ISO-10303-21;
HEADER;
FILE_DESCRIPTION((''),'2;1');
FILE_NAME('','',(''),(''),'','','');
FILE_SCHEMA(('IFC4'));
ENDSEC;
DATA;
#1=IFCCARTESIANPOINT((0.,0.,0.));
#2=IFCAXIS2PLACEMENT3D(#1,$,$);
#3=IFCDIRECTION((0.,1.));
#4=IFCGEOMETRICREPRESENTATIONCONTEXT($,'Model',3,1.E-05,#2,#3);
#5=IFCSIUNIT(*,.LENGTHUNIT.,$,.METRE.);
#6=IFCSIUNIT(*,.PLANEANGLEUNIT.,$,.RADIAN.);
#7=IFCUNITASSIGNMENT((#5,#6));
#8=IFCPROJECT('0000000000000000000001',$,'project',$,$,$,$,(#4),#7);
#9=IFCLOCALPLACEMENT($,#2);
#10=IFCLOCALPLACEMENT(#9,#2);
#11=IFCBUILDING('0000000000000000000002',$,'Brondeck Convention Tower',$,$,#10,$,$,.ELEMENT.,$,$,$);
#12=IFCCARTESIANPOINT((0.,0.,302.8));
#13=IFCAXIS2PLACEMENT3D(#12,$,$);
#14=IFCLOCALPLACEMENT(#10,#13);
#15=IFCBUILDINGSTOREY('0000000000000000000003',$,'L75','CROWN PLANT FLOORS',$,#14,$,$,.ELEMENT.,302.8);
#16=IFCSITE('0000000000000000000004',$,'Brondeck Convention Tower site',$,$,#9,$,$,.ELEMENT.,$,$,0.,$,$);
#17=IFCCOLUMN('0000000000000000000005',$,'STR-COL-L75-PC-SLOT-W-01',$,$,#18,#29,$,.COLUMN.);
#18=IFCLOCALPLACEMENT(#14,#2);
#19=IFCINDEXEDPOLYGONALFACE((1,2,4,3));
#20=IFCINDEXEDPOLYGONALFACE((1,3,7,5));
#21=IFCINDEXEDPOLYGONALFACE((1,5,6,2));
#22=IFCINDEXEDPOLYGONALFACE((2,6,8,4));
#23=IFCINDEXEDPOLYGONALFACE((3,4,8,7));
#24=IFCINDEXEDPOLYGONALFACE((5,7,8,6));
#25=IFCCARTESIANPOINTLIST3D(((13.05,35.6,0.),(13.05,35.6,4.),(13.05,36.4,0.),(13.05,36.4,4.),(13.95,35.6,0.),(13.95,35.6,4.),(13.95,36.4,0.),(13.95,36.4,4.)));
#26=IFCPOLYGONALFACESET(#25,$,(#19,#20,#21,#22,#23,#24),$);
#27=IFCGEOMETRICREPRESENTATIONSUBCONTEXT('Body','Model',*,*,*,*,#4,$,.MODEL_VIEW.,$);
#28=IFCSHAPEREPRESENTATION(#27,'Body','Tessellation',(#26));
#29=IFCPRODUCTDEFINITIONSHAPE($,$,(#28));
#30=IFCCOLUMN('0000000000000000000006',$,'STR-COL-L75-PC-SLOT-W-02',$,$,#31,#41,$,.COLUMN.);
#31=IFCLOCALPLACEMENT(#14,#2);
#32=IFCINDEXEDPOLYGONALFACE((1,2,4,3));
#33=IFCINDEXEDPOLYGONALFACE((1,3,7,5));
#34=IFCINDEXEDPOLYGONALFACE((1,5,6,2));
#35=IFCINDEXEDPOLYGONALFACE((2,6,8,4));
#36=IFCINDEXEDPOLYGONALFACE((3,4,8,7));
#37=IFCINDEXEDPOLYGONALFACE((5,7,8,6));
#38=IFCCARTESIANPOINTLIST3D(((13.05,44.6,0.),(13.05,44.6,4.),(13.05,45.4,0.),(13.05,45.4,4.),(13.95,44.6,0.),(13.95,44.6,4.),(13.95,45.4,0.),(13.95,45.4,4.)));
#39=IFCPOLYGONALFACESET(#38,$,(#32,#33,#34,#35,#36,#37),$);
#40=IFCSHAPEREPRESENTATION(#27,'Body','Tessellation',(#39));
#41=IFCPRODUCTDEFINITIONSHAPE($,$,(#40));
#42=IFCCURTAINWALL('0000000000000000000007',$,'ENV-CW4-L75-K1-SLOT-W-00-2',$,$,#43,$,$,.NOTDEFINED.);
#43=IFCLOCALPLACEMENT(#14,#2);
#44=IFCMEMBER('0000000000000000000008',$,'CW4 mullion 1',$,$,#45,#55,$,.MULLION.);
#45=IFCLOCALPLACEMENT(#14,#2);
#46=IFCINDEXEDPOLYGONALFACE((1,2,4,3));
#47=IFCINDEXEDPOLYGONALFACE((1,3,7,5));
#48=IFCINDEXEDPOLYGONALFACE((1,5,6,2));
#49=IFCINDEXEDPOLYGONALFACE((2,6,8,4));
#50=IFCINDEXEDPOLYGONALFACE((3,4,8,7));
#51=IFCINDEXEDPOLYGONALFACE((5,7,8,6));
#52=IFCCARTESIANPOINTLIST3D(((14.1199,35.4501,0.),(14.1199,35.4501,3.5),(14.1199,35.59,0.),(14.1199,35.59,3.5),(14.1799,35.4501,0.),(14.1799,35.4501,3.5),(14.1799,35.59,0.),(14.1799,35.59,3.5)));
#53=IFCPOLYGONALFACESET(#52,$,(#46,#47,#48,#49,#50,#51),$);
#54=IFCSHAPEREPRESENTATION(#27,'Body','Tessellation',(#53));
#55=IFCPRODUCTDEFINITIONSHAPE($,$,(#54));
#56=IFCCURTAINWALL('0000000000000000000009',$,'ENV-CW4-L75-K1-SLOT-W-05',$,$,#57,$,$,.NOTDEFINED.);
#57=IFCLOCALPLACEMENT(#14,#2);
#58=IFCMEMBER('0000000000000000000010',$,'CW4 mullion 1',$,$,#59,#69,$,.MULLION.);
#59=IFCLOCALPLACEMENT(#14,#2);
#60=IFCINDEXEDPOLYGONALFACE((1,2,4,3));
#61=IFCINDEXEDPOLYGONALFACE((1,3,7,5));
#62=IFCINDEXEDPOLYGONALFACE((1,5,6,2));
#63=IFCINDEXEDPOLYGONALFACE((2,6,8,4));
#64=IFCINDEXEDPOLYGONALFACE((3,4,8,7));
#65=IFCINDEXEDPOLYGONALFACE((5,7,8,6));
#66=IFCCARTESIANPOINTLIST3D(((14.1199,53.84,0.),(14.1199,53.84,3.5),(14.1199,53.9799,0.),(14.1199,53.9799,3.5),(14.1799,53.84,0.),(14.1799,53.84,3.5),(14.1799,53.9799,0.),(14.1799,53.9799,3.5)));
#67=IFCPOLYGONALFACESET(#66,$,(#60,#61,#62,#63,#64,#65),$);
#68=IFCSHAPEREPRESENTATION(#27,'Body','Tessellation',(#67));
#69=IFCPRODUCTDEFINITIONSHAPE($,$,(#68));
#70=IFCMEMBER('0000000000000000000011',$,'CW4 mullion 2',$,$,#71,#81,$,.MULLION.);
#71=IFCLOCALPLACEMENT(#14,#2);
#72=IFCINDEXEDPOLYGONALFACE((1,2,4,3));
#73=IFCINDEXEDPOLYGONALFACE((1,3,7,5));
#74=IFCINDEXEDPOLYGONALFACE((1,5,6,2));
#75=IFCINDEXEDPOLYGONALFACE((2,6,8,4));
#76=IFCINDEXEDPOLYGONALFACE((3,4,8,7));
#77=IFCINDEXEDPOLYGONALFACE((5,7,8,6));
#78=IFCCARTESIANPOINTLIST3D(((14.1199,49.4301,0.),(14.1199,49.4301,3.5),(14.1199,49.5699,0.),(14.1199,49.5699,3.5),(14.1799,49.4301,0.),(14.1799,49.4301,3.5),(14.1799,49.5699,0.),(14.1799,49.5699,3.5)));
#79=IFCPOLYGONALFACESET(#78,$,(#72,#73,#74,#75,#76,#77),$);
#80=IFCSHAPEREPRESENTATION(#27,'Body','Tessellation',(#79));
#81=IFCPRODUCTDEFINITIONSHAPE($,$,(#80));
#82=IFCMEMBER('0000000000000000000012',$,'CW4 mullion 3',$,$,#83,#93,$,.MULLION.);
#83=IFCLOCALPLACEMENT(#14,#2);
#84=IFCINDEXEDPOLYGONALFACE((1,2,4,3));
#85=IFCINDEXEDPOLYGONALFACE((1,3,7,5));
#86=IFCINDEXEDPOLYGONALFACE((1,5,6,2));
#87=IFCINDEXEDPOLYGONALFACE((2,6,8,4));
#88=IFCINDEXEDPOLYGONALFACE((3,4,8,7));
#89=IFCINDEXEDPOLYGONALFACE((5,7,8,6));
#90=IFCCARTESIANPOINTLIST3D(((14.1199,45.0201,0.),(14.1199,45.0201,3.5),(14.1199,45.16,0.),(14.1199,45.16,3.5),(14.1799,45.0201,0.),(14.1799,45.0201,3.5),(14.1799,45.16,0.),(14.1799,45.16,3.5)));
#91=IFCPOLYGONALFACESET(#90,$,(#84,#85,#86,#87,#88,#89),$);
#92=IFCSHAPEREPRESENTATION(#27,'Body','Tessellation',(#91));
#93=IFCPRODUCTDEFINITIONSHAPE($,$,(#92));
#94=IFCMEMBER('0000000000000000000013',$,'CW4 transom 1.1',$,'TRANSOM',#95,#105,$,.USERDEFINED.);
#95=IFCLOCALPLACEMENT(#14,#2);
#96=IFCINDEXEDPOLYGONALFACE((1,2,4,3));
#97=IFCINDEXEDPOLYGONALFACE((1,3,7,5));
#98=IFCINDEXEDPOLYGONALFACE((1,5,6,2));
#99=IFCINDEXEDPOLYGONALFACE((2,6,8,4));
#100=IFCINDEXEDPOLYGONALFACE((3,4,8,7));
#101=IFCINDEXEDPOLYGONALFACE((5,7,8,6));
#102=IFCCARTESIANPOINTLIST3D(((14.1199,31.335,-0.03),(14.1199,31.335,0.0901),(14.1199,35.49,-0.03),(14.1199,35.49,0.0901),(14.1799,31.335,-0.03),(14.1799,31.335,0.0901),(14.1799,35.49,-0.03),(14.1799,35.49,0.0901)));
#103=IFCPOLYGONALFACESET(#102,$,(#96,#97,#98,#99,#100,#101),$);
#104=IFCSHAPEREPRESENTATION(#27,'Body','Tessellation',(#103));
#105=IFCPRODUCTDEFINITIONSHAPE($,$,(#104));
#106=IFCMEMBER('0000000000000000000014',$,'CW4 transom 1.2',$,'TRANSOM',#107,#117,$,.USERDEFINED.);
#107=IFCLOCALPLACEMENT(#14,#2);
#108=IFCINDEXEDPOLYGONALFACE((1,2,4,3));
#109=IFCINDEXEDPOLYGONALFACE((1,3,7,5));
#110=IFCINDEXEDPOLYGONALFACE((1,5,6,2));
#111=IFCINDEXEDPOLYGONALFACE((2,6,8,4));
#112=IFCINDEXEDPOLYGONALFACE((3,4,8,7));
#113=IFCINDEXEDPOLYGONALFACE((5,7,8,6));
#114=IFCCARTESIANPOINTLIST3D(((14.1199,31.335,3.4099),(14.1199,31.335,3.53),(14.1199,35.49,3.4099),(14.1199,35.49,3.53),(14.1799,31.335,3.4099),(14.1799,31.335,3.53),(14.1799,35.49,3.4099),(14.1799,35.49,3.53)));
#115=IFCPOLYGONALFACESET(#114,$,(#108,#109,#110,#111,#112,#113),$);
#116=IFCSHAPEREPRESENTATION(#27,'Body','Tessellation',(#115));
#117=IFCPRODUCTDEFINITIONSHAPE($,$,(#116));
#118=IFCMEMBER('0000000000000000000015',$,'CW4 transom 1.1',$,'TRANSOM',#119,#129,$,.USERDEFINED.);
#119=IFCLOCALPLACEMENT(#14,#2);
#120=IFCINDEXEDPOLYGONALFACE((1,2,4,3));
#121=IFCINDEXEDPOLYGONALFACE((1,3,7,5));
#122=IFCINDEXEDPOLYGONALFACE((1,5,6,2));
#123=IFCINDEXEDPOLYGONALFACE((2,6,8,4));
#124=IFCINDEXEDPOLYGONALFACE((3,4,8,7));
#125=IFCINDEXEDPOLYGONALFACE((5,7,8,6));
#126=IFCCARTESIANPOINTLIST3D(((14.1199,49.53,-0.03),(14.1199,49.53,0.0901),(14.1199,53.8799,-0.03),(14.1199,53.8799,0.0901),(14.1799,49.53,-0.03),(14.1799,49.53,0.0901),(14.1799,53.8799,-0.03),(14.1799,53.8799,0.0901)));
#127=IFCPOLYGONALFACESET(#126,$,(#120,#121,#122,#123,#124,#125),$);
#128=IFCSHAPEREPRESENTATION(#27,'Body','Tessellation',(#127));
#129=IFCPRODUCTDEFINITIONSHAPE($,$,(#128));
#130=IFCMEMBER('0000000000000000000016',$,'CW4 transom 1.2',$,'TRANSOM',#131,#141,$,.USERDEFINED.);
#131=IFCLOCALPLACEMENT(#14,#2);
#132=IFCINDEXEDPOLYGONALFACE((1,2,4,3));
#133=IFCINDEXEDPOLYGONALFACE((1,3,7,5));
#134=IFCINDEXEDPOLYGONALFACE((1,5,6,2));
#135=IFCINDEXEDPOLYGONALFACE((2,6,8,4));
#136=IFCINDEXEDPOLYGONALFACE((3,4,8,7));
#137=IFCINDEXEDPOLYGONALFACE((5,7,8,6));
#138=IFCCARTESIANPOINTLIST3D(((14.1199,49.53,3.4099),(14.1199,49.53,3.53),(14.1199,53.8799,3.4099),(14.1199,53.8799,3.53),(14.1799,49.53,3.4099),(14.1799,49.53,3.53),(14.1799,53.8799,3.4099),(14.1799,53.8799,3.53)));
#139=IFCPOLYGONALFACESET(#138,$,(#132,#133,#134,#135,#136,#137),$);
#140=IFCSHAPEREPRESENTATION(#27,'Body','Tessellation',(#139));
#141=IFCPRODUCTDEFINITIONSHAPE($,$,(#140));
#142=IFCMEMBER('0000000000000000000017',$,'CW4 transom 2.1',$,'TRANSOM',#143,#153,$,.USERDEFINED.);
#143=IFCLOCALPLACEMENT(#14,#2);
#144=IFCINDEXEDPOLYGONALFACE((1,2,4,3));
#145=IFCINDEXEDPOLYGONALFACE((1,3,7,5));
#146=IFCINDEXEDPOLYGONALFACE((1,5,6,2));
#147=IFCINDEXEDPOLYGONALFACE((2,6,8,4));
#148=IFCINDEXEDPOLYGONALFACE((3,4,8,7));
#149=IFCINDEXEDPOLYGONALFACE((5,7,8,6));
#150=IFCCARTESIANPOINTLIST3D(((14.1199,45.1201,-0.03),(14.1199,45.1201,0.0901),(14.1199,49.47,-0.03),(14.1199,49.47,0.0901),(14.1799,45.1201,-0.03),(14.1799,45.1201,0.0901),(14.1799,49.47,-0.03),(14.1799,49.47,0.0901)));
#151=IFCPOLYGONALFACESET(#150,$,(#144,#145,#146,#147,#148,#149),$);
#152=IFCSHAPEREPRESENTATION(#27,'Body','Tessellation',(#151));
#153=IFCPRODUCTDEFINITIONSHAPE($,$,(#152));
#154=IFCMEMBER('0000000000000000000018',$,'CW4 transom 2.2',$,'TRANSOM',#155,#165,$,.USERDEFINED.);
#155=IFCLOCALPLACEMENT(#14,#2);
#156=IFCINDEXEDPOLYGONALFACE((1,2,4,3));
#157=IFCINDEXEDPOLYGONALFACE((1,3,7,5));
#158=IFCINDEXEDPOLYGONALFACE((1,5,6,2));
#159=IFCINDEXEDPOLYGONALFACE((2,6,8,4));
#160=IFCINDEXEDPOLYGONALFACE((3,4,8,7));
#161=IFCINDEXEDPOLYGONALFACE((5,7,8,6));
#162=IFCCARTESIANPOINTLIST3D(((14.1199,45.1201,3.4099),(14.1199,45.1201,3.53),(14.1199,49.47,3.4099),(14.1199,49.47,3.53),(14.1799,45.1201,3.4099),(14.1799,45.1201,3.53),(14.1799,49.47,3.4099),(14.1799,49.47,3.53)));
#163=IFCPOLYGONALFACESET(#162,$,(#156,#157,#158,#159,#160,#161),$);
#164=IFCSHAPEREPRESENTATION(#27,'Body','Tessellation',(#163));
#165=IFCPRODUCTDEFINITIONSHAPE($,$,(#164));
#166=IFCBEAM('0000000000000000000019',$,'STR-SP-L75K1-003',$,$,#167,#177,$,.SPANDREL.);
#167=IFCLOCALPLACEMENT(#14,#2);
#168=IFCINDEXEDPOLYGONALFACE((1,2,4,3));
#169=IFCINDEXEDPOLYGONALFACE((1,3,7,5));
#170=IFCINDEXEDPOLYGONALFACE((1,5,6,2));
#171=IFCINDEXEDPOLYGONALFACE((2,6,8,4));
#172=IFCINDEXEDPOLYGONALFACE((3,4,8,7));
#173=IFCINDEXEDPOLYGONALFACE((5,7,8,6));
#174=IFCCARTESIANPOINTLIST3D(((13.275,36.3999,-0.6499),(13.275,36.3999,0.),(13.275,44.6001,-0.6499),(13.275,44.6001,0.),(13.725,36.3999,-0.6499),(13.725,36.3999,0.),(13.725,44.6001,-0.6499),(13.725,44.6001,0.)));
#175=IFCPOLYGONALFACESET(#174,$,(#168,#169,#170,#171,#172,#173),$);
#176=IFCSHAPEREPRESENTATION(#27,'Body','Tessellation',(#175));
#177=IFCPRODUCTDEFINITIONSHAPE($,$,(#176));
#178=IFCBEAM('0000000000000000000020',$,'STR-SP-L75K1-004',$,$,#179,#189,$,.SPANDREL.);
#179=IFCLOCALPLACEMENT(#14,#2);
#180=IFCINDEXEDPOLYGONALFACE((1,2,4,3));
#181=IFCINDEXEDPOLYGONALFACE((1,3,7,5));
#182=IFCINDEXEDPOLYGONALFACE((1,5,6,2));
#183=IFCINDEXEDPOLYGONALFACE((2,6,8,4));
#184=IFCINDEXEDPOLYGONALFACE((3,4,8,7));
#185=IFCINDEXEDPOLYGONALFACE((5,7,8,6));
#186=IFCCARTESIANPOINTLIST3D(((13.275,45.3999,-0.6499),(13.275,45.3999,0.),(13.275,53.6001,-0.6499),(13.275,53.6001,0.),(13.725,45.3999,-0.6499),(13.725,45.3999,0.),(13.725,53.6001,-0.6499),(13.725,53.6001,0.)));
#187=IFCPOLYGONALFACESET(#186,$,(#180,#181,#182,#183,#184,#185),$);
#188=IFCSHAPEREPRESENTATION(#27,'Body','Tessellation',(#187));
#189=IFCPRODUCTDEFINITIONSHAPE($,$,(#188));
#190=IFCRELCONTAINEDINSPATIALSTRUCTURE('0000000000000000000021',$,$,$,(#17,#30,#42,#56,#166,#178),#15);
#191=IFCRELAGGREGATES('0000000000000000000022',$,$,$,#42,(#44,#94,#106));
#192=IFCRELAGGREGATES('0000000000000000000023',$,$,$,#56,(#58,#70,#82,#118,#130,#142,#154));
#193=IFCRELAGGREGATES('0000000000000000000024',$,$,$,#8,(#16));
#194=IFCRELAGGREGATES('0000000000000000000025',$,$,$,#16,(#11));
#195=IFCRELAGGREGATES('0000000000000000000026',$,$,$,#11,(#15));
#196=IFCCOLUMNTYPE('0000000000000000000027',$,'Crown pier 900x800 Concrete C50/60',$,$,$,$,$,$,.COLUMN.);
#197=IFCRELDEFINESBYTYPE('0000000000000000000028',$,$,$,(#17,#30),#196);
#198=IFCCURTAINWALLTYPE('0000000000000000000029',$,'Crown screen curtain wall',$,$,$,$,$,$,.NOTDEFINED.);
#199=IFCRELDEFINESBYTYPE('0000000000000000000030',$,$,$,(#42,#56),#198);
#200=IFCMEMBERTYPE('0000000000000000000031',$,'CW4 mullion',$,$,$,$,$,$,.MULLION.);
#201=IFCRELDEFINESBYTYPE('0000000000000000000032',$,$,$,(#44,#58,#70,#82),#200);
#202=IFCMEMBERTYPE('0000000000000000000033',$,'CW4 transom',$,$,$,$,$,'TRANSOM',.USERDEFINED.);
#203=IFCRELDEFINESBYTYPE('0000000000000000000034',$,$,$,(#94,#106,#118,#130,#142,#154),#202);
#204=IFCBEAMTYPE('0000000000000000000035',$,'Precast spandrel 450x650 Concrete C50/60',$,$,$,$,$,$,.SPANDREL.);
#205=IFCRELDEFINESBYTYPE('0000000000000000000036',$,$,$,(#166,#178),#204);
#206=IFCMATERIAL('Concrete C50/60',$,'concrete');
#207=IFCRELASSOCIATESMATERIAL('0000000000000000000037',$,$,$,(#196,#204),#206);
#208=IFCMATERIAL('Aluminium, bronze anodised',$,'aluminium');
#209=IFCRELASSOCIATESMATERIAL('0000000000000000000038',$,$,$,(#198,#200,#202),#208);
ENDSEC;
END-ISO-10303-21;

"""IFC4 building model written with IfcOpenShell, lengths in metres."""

from ifc_helpers import new_model, si_unit, direction, frame, origin, origin_2d, place, context, subcontext, project, spatial, rectangle, extrude, material, material_profile, profile_set, type_object, element, aggregate, save


model = new_model("IFC4")

# Units and contexts
model_context = context("Model", 3, precision=1e-05, world=origin(), true_north=direction((0.0, 1.0)))
body_context = subcontext(model_context, "Body", "Model", "MODEL_VIEW")
ifc_project = project(units=[si_unit("LENGTHUNIT", "METRE"), si_unit("PLANEANGLEUNIT", "RADIAN")], contexts=[model_context])

# Site, building, storey
site_placement = place(None, origin())
site = spatial("IfcSite", under=ifc_project, at=site_placement, Name="Brondeck Convention Tower site", CompositionType="ELEMENT", RefElevation=0.0)
building_placement = place(site_placement, origin())
building = spatial("IfcBuilding", under=site, at=building_placement, Name="Brondeck Convention Tower", CompositionType="ELEMENT")
storey_placement = place(building_placement, frame((0.0, 0.0, 302.8)))
storey = spatial("IfcBuildingStorey", under=building, at=storey_placement, Name="L75", Description="CROWN PLANT FLOORS", CompositionType="ELEMENT", Elevation=302.8)

# Columns
ifc_material_1 = material(Name="Concrete C50/60", Category="concrete")
ifc_material_profile_1 = material_profile(ifc_material_1, rectangle(XDim=0.8999, YDim=0.8, at=origin_2d()), Name="Crown pier 900x800 Concrete C50/60")
ifc_profile_set_1 = profile_set([ifc_material_profile_1], Name="Concrete C50/60")
column_type = type_object("IfcColumnType", Name="Crown pier 900x800 Concrete C50/60", PredefinedType="COLUMN", material=ifc_profile_set_1)
for number, where, z_axis, x_axis, name in (
    (1, (13.5, 36.0, 0.0), (0.0, 0.0, 1.0), (1.0, 0.0, 0.0), "STR-COL-L75-PC-SLOT-W-01"),
    (2, (13.5, 45.0, 0.0), (0.0, 0.0, 1.0), (1.0, 0.0, 0.0), "STR-COL-L75-PC-SLOT-W-02"),
):
    element("IfcColumn", number, at=place(storey_placement, frame(where, z_axis=z_axis, x_axis=x_axis)), inside=storey, type_object=column_type, Name=name, PredefinedType="COLUMN", context=body_context, shape_type="SweptSolid", body=[
        extrude(rectangle(XDim=0.8999, YDim=0.8, at=origin_2d()), origin(), (0.0, 0.0, 1.0), 4.0),
    ])

# Curtain wall, member
ifc_material_2 = material(Name="Aluminium, bronze anodised", Category="aluminium")
curtain_wall_type = type_object("IfcCurtainWallType", Name="Crown screen curtain wall", PredefinedType="NOTDEFINED", material=ifc_material_2)
curtain_wall_1_placement = place(storey_placement, origin())
curtain_wall_1 = element("IfcCurtainWall", 3, at=curtain_wall_1_placement, inside=storey, type_object=curtain_wall_type, Name="ENV-CW4-L75-K1-SLOT-W-00-2", PredefinedType="NOTDEFINED")
ifc_material_profile_2 = material_profile(ifc_material_2, rectangle(XDim=0.0601, YDim=0.1399, at=origin_2d()), Name="CW4 mullion")
ifc_profile_set_2 = profile_set([ifc_material_profile_2], Name="Aluminium, bronze anodised")
member_type_1 = type_object("IfcMemberType", Name="CW4 mullion", PredefinedType="MULLION", material=ifc_profile_set_2)
member_1_placement = place(storey_placement, frame((14.1499, 35.52, 0.0), z_axis=(0.0, 0.0, 1.0), x_axis=(1.0, 0.0, 0.0)))
member_1 = element("IfcMember", 4, at=member_1_placement, type_object=member_type_1, Name="CW4 mullion 1", PredefinedType="MULLION", context=body_context, shape_type="SweptSolid", body=[
    extrude(rectangle(XDim=0.0601, YDim=0.1399, at=origin_2d()), origin(), (0.0, 0.0, 1.0), 3.5),
])

# Curtain wall, members
curtain_wall_2_placement = place(storey_placement, origin())
curtain_wall_2 = element("IfcCurtainWall", 5, at=curtain_wall_2_placement, inside=storey, type_object=curtain_wall_type, Name="ENV-CW4-L75-K1-SLOT-W-05", PredefinedType="NOTDEFINED")
member_2_placement = place(storey_placement, frame((14.1499, 53.9099, 0.0), z_axis=(0.0, 0.0, 1.0), x_axis=(1.0, 0.0, 0.0)))
member_2 = element("IfcMember", 6, at=member_2_placement, type_object=member_type_1, Name="CW4 mullion 1", PredefinedType="MULLION", context=body_context, shape_type="SweptSolid", body=[
    extrude(rectangle(XDim=0.0601, YDim=0.1399, at=origin_2d()), origin(), (0.0, 0.0, 1.0), 3.5),
])
member_3_placement = place(storey_placement, frame((14.1499, 49.5, 0.0), z_axis=(0.0, 0.0, 1.0), x_axis=(1.0, 0.0, 0.0)))
member_3 = element("IfcMember", 7, at=member_3_placement, type_object=member_type_1, Name="CW4 mullion 2", PredefinedType="MULLION", context=body_context, shape_type="SweptSolid", body=[
    extrude(rectangle(XDim=0.0601, YDim=0.1399, at=origin_2d()), origin(), (0.0, 0.0, 1.0), 3.5),
])
member_4_placement = place(storey_placement, frame((14.1499, 45.0901, 0.0), z_axis=(0.0, 0.0, 1.0), x_axis=(1.0, 0.0, 0.0)))
member_4 = element("IfcMember", 8, at=member_4_placement, type_object=member_type_1, Name="CW4 mullion 3", PredefinedType="MULLION", context=body_context, shape_type="SweptSolid", body=[
    extrude(rectangle(XDim=0.0601, YDim=0.1399, at=origin_2d()), origin(), (0.0, 0.0, 1.0), 3.5),
])

# Members
ifc_material_profile_3 = material_profile(ifc_material_2, rectangle(XDim=0.0601, YDim=0.1201, at=origin_2d()), Name="CW4 transom")
ifc_profile_set_3 = profile_set([ifc_material_profile_3], Name="Aluminium, bronze anodised")
member_type_2 = type_object("IfcMemberType", Name="CW4 transom", ElementType="TRANSOM", PredefinedType="USERDEFINED", material=ifc_profile_set_3)
member_5_placement = place(storey_placement, frame((14.1499, 35.49, 0.03), z_axis=(0.0, -1.0, 0.0), x_axis=(1.0, 0.0, 0.0)))
member_5 = element("IfcMember", 9, at=member_5_placement, type_object=member_type_2, Name="CW4 transom 1.1", ObjectType="TRANSOM", PredefinedType="USERDEFINED", context=body_context, shape_type="SweptSolid", body=[
    extrude(rectangle(XDim=0.0601, YDim=0.1201, at=origin_2d()), origin(), (0.0, 0.0, 1.0), 4.155),
])
member_6_placement = place(storey_placement, frame((14.1499, 35.49, 3.47), z_axis=(0.0, -1.0, 0.0), x_axis=(1.0, 0.0, 0.0)))
member_6 = element("IfcMember", 10, at=member_6_placement, type_object=member_type_2, Name="CW4 transom 1.2", ObjectType="TRANSOM", PredefinedType="USERDEFINED", context=body_context, shape_type="SweptSolid", body=[
    extrude(rectangle(XDim=0.0601, YDim=0.1201, at=origin_2d()), origin(), (0.0, 0.0, 1.0), 4.155),
])
aggregate(curtain_wall_1, [member_1, member_5, member_6])
member_7_placement = place(storey_placement, frame((14.1499, 53.8799, 0.03), z_axis=(0.0, -1.0, 0.0), x_axis=(1.0, 0.0, 0.0)))
member_7 = element("IfcMember", 11, at=member_7_placement, type_object=member_type_2, Name="CW4 transom 1.1", ObjectType="TRANSOM", PredefinedType="USERDEFINED", context=body_context, shape_type="SweptSolid", body=[
    extrude(rectangle(XDim=0.0601, YDim=0.1201, at=origin_2d()), origin(), (0.0, 0.0, 1.0), 4.3499),
])
member_8_placement = place(storey_placement, frame((14.1499, 53.8799, 3.47), z_axis=(0.0, -1.0, 0.0), x_axis=(1.0, 0.0, 0.0)))
member_8 = element("IfcMember", 12, at=member_8_placement, type_object=member_type_2, Name="CW4 transom 1.2", ObjectType="TRANSOM", PredefinedType="USERDEFINED", context=body_context, shape_type="SweptSolid", body=[
    extrude(rectangle(XDim=0.0601, YDim=0.1201, at=origin_2d()), origin(), (0.0, 0.0, 1.0), 4.3499),
])
member_9_placement = place(storey_placement, frame((14.1499, 49.47, 0.03), z_axis=(0.0, -1.0, 0.0), x_axis=(1.0, 0.0, 0.0)))
member_9 = element("IfcMember", 13, at=member_9_placement, type_object=member_type_2, Name="CW4 transom 2.1", ObjectType="TRANSOM", PredefinedType="USERDEFINED", context=body_context, shape_type="SweptSolid", body=[
    extrude(rectangle(XDim=0.0601, YDim=0.1201, at=origin_2d()), origin(), (0.0, 0.0, 1.0), 4.3499),
])
member_10_placement = place(storey_placement, frame((14.1499, 49.47, 3.47), z_axis=(0.0, -1.0, 0.0), x_axis=(1.0, 0.0, 0.0)))
member_10 = element("IfcMember", 14, at=member_10_placement, type_object=member_type_2, Name="CW4 transom 2.2", ObjectType="TRANSOM", PredefinedType="USERDEFINED", context=body_context, shape_type="SweptSolid", body=[
    extrude(rectangle(XDim=0.0601, YDim=0.1201, at=origin_2d()), origin(), (0.0, 0.0, 1.0), 4.3499),
])

# Beams
ifc_material_profile_4 = material_profile(ifc_material_1, rectangle(XDim=0.45, YDim=0.6499, at=origin_2d()), Name="Precast spandrel 450x650 Concrete C50/60")
ifc_profile_set_4 = profile_set([ifc_material_profile_4], Name="Concrete C50/60")
beam_type = type_object("IfcBeamType", Name="Precast spandrel 450x650 Concrete C50/60", PredefinedType="SPANDREL", material=ifc_profile_set_4)
for number, where, z_axis, x_axis, name in (
    (15, (13.5, 36.3999, -0.325), (0.0, 1.0, 0.0), (-1.0, 0.0, 0.0), "STR-SP-L75K1-003"),
    (16, (13.5, 45.3999, -0.325), (0.0, 1.0, 0.0), (-1.0, 0.0, 0.0), "STR-SP-L75K1-004"),
):
    element("IfcBeam", number, at=place(storey_placement, frame(where, z_axis=z_axis, x_axis=x_axis)), inside=storey, type_object=beam_type, Name=name, PredefinedType="SPANDREL", context=body_context, shape_type="SweptSolid", body=[
        extrude(rectangle(XDim=0.45, YDim=0.6499, at=origin_2d()), origin(), (0.0, 0.0, 1.0), 8.2002),
    ])

aggregate(curtain_wall_2, [member_2, member_3, member_4, member_7, member_8, member_9, member_10])

save(model, "model.ifc")
